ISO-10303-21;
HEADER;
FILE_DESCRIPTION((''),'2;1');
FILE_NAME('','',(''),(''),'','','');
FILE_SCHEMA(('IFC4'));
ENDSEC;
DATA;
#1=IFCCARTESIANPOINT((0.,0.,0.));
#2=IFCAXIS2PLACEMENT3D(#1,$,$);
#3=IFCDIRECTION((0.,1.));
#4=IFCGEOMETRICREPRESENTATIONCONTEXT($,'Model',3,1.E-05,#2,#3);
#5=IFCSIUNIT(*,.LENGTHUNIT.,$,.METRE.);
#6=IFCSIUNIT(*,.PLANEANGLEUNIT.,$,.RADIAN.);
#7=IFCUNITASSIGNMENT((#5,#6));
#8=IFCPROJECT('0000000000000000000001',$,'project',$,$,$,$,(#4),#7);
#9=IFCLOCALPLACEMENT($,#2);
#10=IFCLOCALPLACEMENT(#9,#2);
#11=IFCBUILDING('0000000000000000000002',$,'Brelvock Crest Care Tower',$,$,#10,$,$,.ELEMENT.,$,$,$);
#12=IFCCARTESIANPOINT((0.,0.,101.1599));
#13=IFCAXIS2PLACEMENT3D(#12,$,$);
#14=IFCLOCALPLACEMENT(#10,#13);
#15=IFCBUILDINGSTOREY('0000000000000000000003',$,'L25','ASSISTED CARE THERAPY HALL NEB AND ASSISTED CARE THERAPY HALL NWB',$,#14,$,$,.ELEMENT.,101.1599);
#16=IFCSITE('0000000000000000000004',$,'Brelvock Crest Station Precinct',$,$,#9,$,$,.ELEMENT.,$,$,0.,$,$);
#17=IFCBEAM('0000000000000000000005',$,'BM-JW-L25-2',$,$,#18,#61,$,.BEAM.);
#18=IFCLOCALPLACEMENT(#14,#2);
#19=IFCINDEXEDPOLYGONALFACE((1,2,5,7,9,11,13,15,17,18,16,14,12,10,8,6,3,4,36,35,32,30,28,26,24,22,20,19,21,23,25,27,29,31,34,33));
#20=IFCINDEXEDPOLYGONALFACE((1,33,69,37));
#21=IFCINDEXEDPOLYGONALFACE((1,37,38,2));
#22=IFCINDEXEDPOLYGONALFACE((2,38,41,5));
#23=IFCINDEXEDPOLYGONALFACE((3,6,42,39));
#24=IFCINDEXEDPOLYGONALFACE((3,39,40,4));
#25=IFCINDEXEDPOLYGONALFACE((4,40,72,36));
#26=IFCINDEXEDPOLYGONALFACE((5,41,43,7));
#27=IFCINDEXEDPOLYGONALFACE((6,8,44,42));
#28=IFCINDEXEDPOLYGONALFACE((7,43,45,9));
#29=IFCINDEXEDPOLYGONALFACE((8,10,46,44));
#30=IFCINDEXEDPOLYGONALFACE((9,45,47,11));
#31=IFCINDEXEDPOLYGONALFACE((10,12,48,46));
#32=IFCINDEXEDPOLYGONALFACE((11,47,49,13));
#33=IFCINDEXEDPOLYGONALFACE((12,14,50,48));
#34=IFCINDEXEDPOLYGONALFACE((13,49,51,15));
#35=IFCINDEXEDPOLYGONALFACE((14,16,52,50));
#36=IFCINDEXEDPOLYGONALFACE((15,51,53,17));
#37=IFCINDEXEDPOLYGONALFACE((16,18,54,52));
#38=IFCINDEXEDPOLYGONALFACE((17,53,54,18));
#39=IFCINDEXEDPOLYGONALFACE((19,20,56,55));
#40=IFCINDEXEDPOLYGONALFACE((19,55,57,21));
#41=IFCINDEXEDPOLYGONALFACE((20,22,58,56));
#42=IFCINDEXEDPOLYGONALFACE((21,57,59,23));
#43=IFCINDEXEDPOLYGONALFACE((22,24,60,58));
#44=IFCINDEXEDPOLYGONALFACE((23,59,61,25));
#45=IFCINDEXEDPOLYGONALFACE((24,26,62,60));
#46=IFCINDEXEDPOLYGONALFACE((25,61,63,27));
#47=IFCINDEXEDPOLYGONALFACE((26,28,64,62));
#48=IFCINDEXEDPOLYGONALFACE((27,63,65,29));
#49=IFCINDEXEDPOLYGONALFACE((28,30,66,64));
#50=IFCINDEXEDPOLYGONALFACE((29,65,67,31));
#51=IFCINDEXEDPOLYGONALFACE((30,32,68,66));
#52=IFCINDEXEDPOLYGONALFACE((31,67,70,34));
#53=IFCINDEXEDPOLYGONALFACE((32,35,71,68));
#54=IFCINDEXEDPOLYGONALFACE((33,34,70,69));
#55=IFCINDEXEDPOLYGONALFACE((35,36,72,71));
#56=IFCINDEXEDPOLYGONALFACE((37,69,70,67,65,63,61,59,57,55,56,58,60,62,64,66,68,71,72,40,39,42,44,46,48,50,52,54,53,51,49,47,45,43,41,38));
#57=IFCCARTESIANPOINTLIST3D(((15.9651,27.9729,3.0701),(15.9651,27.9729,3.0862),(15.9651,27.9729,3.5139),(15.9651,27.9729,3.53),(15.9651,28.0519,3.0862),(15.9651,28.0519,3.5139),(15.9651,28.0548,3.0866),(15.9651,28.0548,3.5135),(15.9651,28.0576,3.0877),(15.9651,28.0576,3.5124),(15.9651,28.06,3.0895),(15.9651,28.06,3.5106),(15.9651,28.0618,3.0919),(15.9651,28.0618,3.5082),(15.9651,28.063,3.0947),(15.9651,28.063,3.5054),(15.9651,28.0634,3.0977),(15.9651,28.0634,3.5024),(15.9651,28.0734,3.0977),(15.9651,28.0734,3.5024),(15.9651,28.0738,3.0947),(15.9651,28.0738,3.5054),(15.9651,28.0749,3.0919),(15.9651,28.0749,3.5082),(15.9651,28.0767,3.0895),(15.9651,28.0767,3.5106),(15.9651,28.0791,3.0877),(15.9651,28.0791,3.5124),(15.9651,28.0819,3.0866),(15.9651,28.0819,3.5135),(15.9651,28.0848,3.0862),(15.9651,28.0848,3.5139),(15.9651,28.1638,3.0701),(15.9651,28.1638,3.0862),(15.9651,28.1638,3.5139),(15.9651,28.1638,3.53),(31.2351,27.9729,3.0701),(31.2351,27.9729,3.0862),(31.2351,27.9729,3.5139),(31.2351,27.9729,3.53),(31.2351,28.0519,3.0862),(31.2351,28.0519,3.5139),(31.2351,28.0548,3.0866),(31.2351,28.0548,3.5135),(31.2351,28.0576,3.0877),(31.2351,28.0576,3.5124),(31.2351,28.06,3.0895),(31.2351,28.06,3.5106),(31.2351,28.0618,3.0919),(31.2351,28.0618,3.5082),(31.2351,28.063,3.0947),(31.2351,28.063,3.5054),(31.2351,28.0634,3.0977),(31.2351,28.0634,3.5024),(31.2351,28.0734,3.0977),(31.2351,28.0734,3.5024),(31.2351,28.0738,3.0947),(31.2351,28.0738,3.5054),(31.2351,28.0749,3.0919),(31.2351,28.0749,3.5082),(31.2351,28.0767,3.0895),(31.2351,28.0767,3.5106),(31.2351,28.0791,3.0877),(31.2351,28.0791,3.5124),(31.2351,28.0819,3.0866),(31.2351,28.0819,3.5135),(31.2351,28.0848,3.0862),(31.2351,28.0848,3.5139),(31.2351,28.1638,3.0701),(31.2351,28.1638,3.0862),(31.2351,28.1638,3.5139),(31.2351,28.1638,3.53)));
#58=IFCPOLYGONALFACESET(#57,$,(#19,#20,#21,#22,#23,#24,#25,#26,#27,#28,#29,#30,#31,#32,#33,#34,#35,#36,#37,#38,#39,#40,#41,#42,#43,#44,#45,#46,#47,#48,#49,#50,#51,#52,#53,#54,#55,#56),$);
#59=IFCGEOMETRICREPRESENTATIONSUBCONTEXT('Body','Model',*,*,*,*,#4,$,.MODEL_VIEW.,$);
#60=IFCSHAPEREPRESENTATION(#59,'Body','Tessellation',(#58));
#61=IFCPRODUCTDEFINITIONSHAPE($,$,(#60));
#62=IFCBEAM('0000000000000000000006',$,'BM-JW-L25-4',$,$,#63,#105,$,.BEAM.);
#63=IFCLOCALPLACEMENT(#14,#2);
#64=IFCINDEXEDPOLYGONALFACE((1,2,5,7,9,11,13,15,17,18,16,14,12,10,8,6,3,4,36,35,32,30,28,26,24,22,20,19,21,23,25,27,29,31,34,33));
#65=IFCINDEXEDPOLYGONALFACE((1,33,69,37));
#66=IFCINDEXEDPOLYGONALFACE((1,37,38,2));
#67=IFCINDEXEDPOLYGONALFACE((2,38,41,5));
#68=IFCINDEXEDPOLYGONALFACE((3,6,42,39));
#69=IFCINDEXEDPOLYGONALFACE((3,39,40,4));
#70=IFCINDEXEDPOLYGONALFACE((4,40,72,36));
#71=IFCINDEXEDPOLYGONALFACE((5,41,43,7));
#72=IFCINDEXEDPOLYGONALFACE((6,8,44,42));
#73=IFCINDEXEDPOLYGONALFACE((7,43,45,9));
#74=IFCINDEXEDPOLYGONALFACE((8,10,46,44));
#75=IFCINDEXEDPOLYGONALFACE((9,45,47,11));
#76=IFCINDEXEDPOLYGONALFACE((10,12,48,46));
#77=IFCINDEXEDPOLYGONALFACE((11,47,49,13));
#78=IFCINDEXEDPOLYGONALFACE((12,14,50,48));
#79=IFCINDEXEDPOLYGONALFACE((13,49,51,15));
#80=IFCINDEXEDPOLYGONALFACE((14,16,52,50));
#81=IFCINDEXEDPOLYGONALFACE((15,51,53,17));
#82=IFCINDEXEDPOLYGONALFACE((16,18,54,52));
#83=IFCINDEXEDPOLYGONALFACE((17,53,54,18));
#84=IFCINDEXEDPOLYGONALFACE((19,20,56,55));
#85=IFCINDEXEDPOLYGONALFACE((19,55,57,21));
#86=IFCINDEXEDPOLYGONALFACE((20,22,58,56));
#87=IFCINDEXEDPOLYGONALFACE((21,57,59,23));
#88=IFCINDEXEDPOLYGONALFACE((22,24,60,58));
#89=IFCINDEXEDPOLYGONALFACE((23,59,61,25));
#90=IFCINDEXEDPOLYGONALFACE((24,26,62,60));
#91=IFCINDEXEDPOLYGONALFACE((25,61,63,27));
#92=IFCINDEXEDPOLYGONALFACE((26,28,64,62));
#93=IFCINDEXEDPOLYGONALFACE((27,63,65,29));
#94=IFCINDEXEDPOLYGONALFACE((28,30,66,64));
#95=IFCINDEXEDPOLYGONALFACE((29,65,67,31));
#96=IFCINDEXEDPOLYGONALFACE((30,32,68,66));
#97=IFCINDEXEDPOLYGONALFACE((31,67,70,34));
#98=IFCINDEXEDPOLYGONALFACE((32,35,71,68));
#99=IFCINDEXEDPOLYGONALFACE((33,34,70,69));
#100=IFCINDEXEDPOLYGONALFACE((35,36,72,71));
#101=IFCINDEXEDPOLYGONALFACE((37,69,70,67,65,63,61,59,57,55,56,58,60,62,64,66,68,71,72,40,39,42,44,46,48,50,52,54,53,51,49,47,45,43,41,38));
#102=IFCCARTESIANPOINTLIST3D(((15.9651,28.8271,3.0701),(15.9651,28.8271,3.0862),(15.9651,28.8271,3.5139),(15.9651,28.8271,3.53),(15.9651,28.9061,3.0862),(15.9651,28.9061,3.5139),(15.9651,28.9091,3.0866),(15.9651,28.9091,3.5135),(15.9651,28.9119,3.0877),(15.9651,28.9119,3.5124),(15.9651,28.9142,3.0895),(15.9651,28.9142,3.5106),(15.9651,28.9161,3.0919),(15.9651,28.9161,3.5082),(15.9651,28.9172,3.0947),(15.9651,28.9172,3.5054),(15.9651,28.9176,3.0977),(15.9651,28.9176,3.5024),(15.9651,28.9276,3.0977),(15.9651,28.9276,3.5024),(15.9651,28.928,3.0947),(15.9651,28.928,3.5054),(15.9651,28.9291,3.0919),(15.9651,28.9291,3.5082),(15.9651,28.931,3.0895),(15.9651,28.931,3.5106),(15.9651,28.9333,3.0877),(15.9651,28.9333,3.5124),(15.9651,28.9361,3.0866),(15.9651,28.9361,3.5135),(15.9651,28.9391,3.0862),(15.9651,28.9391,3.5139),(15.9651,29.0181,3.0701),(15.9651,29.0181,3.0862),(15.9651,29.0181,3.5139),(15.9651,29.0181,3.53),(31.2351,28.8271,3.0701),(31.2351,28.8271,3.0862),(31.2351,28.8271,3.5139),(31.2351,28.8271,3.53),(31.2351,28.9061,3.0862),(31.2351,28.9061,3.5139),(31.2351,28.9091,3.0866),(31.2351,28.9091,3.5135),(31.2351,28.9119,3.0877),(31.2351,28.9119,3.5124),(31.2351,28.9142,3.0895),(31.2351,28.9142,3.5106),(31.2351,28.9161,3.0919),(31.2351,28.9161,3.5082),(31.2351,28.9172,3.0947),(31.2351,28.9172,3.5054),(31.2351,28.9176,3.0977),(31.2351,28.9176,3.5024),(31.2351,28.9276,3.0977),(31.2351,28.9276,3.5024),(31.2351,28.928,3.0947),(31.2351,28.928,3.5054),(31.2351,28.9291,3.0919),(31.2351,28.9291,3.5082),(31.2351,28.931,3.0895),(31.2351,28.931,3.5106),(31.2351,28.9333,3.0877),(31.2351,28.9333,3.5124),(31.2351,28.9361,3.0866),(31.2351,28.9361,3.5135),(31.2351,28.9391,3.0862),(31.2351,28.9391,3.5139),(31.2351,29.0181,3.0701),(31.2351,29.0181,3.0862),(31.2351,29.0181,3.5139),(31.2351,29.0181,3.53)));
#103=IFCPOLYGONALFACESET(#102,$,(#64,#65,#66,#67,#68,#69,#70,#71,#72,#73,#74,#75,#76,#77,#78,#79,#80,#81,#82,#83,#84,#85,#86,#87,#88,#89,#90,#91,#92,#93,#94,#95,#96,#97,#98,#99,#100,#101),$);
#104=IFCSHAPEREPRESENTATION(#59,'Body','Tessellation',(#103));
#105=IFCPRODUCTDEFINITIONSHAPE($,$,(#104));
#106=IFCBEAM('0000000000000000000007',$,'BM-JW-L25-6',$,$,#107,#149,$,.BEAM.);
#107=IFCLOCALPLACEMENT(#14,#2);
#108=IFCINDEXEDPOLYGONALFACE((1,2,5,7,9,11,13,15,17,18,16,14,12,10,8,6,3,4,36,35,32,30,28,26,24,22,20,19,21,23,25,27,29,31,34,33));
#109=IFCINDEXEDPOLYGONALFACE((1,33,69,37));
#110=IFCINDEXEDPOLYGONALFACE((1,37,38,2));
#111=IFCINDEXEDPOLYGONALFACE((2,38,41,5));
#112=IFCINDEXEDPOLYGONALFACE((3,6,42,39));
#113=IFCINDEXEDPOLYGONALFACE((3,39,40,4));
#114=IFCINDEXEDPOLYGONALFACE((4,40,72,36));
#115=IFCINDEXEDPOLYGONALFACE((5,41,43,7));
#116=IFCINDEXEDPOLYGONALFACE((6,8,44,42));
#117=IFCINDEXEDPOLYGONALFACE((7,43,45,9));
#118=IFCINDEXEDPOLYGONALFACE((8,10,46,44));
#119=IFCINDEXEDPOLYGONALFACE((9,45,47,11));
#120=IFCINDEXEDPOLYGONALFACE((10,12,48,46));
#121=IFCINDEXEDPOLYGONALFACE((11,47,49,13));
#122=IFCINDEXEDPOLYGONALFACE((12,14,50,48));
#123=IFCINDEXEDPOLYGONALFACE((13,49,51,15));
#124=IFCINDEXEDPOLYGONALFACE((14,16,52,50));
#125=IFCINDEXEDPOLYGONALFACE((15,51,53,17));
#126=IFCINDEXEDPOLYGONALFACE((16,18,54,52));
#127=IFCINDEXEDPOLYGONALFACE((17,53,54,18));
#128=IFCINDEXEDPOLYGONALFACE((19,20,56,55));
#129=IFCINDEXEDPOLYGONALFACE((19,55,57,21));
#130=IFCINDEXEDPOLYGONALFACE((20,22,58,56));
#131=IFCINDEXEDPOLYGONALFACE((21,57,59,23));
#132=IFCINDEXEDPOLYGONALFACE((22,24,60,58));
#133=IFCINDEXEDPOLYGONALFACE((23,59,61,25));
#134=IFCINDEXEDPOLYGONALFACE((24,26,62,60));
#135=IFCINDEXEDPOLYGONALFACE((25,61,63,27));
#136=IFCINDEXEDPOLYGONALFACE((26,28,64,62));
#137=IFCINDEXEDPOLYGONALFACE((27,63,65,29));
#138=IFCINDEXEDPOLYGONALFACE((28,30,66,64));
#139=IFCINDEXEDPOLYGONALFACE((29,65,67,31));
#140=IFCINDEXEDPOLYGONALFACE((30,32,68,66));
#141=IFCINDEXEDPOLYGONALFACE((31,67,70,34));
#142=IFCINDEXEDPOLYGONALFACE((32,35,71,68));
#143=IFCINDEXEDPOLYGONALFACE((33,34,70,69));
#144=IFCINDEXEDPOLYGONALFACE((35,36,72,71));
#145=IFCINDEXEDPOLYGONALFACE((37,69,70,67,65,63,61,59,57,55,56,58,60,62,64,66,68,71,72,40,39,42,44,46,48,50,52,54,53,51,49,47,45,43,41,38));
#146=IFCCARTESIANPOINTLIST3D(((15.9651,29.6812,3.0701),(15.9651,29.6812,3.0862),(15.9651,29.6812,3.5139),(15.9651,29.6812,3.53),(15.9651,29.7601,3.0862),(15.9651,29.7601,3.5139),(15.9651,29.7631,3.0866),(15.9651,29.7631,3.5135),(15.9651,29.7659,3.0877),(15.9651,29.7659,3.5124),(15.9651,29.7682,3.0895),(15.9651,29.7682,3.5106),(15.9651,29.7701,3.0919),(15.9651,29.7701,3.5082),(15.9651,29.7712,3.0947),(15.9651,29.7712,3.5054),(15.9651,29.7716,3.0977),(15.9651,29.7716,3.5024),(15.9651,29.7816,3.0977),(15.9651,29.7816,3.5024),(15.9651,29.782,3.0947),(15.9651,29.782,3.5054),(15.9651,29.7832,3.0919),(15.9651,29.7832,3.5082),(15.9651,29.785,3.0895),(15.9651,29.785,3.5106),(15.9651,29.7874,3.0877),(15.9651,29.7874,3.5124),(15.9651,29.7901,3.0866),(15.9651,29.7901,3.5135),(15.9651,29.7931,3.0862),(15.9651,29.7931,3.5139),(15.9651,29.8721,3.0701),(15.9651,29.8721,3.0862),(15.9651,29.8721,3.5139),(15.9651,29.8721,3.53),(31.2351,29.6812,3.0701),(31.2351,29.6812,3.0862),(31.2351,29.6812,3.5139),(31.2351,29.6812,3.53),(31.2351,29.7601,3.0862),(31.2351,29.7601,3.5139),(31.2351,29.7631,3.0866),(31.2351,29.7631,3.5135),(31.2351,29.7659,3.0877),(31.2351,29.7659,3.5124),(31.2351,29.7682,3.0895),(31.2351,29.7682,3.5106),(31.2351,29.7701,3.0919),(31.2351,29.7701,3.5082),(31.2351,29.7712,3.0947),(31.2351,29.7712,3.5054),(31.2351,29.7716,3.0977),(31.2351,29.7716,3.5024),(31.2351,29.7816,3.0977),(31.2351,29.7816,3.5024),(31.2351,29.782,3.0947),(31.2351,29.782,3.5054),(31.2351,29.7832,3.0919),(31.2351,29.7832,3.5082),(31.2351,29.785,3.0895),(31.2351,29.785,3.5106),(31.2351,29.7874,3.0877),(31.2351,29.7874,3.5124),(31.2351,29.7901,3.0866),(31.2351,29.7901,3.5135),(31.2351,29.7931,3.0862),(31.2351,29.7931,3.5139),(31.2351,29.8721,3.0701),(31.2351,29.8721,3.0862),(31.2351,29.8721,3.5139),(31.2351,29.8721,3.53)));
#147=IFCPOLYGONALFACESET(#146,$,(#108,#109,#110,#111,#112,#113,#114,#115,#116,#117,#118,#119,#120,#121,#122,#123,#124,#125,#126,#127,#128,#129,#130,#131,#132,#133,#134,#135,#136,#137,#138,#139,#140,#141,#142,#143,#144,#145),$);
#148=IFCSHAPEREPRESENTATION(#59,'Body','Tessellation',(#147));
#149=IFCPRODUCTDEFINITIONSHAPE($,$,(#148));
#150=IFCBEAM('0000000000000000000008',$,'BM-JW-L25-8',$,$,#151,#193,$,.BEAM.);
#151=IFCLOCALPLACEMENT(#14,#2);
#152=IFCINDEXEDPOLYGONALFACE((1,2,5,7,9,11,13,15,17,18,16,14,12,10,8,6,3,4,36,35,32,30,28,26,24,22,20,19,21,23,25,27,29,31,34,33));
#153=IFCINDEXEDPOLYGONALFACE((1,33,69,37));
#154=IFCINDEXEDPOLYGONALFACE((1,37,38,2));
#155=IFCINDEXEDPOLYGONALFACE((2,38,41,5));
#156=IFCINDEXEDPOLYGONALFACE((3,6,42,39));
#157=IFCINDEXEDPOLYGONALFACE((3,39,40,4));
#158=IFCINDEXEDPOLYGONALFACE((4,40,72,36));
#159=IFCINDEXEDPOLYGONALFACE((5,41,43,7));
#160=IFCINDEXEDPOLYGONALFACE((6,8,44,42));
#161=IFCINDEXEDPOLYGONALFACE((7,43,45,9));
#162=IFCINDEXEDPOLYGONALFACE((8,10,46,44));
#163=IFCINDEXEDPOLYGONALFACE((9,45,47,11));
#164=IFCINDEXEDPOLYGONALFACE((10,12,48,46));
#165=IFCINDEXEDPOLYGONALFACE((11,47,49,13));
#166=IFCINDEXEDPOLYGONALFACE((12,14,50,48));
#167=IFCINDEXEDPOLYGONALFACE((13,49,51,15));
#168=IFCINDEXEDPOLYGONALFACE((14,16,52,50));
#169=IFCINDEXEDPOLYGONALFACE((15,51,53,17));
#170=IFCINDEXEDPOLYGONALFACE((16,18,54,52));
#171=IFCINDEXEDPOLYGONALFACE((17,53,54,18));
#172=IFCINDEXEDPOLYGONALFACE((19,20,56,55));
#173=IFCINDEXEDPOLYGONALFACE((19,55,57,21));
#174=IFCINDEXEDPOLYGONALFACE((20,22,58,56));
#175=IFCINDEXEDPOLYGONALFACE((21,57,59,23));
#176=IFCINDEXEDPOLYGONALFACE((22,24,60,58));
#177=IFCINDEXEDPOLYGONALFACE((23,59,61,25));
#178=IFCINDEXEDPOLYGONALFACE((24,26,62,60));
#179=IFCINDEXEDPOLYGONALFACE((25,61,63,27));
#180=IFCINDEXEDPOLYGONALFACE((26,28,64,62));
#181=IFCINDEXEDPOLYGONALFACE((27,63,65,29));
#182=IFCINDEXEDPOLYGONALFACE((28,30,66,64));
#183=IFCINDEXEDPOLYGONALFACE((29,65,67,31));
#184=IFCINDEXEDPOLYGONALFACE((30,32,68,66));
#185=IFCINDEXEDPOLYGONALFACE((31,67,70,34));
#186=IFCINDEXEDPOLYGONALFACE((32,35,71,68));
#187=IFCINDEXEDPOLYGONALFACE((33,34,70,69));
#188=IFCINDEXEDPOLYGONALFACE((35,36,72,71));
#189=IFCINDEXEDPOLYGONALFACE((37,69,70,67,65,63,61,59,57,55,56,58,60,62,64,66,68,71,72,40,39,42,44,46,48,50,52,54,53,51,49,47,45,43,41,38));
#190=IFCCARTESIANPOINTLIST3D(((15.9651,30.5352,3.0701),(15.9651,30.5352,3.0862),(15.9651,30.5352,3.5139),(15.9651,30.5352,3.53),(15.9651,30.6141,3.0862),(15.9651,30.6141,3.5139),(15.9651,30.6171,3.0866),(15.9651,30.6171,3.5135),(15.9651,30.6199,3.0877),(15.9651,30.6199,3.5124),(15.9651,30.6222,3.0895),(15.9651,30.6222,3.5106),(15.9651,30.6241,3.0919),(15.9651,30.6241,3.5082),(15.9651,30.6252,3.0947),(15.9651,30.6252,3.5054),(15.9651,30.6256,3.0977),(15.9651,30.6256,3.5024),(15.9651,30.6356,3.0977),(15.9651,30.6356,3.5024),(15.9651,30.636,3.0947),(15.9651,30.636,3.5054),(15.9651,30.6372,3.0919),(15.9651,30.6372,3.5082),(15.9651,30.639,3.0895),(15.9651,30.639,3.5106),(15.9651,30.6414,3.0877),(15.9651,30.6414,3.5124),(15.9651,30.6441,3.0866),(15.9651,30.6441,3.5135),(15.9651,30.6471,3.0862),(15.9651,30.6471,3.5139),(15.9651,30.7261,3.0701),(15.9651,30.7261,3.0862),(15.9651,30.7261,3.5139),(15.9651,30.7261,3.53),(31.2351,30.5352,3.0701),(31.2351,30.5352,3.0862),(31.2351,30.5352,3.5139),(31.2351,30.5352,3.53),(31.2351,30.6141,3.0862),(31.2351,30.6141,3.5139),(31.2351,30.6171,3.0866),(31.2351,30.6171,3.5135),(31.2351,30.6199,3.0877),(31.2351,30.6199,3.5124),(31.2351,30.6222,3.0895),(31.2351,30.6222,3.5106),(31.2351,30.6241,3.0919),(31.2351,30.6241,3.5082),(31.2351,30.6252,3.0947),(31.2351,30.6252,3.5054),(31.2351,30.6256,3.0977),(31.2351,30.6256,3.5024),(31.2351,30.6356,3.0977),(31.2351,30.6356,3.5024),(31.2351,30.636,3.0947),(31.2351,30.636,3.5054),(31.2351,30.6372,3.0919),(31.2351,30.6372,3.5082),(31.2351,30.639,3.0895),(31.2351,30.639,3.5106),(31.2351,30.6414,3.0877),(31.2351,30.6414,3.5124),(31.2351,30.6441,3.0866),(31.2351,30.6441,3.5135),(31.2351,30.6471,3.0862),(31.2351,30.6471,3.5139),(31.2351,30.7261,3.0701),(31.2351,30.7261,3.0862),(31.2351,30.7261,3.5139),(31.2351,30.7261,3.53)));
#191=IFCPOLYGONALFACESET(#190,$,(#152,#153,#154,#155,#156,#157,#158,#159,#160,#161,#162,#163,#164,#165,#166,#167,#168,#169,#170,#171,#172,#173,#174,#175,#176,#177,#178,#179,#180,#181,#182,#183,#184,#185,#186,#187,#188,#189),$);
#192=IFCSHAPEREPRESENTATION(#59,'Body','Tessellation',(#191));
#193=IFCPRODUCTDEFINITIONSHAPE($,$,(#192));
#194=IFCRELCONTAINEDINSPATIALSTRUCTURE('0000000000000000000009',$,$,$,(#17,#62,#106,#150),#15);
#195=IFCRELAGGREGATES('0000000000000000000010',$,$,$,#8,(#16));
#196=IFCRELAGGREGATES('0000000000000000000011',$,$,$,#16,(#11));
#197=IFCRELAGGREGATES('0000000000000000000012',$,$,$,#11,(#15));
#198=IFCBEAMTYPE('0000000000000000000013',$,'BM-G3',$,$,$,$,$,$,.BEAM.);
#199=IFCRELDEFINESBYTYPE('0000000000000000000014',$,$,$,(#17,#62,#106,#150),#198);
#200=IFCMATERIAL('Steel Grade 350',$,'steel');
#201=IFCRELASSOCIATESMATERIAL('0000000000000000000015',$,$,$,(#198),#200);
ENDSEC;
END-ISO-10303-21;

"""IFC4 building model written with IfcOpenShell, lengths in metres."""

from ifc_helpers import new_model, si_unit, direction, frame, origin, origin_2d, place, context, subcontext, project, spatial, i_section, extrude, source, transform, mapped, material, material_profile, profile_set, type_object, element, save


model = new_model("IFC4")

# Units and contexts
model_context = context("Model", 3, precision=1e-05, world=origin(), true_north=direction((0.0, 1.0)))
body_context = subcontext(model_context, "Body", "Model", "MODEL_VIEW")
ifc_project = project(units=[si_unit("LENGTHUNIT", "METRE"), si_unit("PLANEANGLEUNIT", "RADIAN")], contexts=[model_context])

# Site, building, storey
site_placement = place(None, origin())
site = spatial("IfcSite", under=ifc_project, at=site_placement, Name="Brelvock Crest Station Precinct", CompositionType="ELEMENT", RefElevation=0.0)
building_placement = place(site_placement, origin())
building = spatial("IfcBuilding", under=site, at=building_placement, Name="Brelvock Crest Care Tower", CompositionType="ELEMENT")
storey_placement = place(building_placement, frame((0.0, 0.0, 101.1599)))
storey = spatial("IfcBuildingStorey", under=building, at=storey_placement, Name="L25", Description="ASSISTED CARE THERAPY HALL NEB AND ASSISTED CARE THERAPY HALL NWB", CompositionType="ELEMENT", Elevation=101.1599)

# Shared definitions
ifc_material_1 = material(Name="Steel Grade 350", Category="steel")

# Beams
ifc_material_profile_1 = material_profile(ifc_material_1, i_section(OverallWidth=0.1909, OverallDepth=0.46, WebThickness=0.01, FlangeThickness=0.0161, FilletRadius=0.0115, at=origin_2d()), Name="460UB82.1")
ifc_profile_set_1 = profile_set([ifc_material_profile_1], Name="Steel Grade 350")
beam_type_1 = type_object("IfcBeamType", Name="BM-G3", PredefinedType="BEAM", material=ifc_profile_set_1)
shared_shape_1 = source(origin(), body_context, "Body", "SweptSolid", [
    extrude(i_section(OverallWidth=0.1909, OverallDepth=0.46, WebThickness=0.01, FlangeThickness=0.0161, FilletRadius=0.0115, at=origin_2d()), origin(), (0.0, 0.0, 1.0), 15.27),
])
for number, where, z_axis, x_axis, name in (
    (1, (15.9651, 28.0684, 3.3), (1.0, 0.0, 0.0), (0.0, 1.0, 0.0), "BM-JW-L25-2"),
    (2, (15.9651, 28.9226, 3.3), (1.0, 0.0, 0.0), (0.0, 1.0, 0.0), "BM-JW-L25-4"),
    (3, (15.9651, 29.7766, 3.3), (1.0, 0.0, 0.0), (0.0, 1.0, 0.0), "BM-JW-L25-6"),
    (4, (15.9651, 30.6306, 3.3), (1.0, 0.0, 0.0), (0.0, 1.0, 0.0), "BM-JW-L25-8"),
):
    element("IfcBeam", number, at=place(storey_placement, frame(where, z_axis=z_axis, x_axis=x_axis)), inside=storey, type_object=beam_type_1, Name=name, PredefinedType="BEAM", context=body_context, shape_type="MappedRepresentation", body=[
        mapped(shared_shape_1, transform((0.0, 0.0, 0.0), x_axis=(1.0, 0.0, 0.0), y_axis=(0.0, 1.0, 0.0), z_axis=(0.0, 0.0, 1.0), scale=1.0)),
    ])

save(model, "model.ifc")
